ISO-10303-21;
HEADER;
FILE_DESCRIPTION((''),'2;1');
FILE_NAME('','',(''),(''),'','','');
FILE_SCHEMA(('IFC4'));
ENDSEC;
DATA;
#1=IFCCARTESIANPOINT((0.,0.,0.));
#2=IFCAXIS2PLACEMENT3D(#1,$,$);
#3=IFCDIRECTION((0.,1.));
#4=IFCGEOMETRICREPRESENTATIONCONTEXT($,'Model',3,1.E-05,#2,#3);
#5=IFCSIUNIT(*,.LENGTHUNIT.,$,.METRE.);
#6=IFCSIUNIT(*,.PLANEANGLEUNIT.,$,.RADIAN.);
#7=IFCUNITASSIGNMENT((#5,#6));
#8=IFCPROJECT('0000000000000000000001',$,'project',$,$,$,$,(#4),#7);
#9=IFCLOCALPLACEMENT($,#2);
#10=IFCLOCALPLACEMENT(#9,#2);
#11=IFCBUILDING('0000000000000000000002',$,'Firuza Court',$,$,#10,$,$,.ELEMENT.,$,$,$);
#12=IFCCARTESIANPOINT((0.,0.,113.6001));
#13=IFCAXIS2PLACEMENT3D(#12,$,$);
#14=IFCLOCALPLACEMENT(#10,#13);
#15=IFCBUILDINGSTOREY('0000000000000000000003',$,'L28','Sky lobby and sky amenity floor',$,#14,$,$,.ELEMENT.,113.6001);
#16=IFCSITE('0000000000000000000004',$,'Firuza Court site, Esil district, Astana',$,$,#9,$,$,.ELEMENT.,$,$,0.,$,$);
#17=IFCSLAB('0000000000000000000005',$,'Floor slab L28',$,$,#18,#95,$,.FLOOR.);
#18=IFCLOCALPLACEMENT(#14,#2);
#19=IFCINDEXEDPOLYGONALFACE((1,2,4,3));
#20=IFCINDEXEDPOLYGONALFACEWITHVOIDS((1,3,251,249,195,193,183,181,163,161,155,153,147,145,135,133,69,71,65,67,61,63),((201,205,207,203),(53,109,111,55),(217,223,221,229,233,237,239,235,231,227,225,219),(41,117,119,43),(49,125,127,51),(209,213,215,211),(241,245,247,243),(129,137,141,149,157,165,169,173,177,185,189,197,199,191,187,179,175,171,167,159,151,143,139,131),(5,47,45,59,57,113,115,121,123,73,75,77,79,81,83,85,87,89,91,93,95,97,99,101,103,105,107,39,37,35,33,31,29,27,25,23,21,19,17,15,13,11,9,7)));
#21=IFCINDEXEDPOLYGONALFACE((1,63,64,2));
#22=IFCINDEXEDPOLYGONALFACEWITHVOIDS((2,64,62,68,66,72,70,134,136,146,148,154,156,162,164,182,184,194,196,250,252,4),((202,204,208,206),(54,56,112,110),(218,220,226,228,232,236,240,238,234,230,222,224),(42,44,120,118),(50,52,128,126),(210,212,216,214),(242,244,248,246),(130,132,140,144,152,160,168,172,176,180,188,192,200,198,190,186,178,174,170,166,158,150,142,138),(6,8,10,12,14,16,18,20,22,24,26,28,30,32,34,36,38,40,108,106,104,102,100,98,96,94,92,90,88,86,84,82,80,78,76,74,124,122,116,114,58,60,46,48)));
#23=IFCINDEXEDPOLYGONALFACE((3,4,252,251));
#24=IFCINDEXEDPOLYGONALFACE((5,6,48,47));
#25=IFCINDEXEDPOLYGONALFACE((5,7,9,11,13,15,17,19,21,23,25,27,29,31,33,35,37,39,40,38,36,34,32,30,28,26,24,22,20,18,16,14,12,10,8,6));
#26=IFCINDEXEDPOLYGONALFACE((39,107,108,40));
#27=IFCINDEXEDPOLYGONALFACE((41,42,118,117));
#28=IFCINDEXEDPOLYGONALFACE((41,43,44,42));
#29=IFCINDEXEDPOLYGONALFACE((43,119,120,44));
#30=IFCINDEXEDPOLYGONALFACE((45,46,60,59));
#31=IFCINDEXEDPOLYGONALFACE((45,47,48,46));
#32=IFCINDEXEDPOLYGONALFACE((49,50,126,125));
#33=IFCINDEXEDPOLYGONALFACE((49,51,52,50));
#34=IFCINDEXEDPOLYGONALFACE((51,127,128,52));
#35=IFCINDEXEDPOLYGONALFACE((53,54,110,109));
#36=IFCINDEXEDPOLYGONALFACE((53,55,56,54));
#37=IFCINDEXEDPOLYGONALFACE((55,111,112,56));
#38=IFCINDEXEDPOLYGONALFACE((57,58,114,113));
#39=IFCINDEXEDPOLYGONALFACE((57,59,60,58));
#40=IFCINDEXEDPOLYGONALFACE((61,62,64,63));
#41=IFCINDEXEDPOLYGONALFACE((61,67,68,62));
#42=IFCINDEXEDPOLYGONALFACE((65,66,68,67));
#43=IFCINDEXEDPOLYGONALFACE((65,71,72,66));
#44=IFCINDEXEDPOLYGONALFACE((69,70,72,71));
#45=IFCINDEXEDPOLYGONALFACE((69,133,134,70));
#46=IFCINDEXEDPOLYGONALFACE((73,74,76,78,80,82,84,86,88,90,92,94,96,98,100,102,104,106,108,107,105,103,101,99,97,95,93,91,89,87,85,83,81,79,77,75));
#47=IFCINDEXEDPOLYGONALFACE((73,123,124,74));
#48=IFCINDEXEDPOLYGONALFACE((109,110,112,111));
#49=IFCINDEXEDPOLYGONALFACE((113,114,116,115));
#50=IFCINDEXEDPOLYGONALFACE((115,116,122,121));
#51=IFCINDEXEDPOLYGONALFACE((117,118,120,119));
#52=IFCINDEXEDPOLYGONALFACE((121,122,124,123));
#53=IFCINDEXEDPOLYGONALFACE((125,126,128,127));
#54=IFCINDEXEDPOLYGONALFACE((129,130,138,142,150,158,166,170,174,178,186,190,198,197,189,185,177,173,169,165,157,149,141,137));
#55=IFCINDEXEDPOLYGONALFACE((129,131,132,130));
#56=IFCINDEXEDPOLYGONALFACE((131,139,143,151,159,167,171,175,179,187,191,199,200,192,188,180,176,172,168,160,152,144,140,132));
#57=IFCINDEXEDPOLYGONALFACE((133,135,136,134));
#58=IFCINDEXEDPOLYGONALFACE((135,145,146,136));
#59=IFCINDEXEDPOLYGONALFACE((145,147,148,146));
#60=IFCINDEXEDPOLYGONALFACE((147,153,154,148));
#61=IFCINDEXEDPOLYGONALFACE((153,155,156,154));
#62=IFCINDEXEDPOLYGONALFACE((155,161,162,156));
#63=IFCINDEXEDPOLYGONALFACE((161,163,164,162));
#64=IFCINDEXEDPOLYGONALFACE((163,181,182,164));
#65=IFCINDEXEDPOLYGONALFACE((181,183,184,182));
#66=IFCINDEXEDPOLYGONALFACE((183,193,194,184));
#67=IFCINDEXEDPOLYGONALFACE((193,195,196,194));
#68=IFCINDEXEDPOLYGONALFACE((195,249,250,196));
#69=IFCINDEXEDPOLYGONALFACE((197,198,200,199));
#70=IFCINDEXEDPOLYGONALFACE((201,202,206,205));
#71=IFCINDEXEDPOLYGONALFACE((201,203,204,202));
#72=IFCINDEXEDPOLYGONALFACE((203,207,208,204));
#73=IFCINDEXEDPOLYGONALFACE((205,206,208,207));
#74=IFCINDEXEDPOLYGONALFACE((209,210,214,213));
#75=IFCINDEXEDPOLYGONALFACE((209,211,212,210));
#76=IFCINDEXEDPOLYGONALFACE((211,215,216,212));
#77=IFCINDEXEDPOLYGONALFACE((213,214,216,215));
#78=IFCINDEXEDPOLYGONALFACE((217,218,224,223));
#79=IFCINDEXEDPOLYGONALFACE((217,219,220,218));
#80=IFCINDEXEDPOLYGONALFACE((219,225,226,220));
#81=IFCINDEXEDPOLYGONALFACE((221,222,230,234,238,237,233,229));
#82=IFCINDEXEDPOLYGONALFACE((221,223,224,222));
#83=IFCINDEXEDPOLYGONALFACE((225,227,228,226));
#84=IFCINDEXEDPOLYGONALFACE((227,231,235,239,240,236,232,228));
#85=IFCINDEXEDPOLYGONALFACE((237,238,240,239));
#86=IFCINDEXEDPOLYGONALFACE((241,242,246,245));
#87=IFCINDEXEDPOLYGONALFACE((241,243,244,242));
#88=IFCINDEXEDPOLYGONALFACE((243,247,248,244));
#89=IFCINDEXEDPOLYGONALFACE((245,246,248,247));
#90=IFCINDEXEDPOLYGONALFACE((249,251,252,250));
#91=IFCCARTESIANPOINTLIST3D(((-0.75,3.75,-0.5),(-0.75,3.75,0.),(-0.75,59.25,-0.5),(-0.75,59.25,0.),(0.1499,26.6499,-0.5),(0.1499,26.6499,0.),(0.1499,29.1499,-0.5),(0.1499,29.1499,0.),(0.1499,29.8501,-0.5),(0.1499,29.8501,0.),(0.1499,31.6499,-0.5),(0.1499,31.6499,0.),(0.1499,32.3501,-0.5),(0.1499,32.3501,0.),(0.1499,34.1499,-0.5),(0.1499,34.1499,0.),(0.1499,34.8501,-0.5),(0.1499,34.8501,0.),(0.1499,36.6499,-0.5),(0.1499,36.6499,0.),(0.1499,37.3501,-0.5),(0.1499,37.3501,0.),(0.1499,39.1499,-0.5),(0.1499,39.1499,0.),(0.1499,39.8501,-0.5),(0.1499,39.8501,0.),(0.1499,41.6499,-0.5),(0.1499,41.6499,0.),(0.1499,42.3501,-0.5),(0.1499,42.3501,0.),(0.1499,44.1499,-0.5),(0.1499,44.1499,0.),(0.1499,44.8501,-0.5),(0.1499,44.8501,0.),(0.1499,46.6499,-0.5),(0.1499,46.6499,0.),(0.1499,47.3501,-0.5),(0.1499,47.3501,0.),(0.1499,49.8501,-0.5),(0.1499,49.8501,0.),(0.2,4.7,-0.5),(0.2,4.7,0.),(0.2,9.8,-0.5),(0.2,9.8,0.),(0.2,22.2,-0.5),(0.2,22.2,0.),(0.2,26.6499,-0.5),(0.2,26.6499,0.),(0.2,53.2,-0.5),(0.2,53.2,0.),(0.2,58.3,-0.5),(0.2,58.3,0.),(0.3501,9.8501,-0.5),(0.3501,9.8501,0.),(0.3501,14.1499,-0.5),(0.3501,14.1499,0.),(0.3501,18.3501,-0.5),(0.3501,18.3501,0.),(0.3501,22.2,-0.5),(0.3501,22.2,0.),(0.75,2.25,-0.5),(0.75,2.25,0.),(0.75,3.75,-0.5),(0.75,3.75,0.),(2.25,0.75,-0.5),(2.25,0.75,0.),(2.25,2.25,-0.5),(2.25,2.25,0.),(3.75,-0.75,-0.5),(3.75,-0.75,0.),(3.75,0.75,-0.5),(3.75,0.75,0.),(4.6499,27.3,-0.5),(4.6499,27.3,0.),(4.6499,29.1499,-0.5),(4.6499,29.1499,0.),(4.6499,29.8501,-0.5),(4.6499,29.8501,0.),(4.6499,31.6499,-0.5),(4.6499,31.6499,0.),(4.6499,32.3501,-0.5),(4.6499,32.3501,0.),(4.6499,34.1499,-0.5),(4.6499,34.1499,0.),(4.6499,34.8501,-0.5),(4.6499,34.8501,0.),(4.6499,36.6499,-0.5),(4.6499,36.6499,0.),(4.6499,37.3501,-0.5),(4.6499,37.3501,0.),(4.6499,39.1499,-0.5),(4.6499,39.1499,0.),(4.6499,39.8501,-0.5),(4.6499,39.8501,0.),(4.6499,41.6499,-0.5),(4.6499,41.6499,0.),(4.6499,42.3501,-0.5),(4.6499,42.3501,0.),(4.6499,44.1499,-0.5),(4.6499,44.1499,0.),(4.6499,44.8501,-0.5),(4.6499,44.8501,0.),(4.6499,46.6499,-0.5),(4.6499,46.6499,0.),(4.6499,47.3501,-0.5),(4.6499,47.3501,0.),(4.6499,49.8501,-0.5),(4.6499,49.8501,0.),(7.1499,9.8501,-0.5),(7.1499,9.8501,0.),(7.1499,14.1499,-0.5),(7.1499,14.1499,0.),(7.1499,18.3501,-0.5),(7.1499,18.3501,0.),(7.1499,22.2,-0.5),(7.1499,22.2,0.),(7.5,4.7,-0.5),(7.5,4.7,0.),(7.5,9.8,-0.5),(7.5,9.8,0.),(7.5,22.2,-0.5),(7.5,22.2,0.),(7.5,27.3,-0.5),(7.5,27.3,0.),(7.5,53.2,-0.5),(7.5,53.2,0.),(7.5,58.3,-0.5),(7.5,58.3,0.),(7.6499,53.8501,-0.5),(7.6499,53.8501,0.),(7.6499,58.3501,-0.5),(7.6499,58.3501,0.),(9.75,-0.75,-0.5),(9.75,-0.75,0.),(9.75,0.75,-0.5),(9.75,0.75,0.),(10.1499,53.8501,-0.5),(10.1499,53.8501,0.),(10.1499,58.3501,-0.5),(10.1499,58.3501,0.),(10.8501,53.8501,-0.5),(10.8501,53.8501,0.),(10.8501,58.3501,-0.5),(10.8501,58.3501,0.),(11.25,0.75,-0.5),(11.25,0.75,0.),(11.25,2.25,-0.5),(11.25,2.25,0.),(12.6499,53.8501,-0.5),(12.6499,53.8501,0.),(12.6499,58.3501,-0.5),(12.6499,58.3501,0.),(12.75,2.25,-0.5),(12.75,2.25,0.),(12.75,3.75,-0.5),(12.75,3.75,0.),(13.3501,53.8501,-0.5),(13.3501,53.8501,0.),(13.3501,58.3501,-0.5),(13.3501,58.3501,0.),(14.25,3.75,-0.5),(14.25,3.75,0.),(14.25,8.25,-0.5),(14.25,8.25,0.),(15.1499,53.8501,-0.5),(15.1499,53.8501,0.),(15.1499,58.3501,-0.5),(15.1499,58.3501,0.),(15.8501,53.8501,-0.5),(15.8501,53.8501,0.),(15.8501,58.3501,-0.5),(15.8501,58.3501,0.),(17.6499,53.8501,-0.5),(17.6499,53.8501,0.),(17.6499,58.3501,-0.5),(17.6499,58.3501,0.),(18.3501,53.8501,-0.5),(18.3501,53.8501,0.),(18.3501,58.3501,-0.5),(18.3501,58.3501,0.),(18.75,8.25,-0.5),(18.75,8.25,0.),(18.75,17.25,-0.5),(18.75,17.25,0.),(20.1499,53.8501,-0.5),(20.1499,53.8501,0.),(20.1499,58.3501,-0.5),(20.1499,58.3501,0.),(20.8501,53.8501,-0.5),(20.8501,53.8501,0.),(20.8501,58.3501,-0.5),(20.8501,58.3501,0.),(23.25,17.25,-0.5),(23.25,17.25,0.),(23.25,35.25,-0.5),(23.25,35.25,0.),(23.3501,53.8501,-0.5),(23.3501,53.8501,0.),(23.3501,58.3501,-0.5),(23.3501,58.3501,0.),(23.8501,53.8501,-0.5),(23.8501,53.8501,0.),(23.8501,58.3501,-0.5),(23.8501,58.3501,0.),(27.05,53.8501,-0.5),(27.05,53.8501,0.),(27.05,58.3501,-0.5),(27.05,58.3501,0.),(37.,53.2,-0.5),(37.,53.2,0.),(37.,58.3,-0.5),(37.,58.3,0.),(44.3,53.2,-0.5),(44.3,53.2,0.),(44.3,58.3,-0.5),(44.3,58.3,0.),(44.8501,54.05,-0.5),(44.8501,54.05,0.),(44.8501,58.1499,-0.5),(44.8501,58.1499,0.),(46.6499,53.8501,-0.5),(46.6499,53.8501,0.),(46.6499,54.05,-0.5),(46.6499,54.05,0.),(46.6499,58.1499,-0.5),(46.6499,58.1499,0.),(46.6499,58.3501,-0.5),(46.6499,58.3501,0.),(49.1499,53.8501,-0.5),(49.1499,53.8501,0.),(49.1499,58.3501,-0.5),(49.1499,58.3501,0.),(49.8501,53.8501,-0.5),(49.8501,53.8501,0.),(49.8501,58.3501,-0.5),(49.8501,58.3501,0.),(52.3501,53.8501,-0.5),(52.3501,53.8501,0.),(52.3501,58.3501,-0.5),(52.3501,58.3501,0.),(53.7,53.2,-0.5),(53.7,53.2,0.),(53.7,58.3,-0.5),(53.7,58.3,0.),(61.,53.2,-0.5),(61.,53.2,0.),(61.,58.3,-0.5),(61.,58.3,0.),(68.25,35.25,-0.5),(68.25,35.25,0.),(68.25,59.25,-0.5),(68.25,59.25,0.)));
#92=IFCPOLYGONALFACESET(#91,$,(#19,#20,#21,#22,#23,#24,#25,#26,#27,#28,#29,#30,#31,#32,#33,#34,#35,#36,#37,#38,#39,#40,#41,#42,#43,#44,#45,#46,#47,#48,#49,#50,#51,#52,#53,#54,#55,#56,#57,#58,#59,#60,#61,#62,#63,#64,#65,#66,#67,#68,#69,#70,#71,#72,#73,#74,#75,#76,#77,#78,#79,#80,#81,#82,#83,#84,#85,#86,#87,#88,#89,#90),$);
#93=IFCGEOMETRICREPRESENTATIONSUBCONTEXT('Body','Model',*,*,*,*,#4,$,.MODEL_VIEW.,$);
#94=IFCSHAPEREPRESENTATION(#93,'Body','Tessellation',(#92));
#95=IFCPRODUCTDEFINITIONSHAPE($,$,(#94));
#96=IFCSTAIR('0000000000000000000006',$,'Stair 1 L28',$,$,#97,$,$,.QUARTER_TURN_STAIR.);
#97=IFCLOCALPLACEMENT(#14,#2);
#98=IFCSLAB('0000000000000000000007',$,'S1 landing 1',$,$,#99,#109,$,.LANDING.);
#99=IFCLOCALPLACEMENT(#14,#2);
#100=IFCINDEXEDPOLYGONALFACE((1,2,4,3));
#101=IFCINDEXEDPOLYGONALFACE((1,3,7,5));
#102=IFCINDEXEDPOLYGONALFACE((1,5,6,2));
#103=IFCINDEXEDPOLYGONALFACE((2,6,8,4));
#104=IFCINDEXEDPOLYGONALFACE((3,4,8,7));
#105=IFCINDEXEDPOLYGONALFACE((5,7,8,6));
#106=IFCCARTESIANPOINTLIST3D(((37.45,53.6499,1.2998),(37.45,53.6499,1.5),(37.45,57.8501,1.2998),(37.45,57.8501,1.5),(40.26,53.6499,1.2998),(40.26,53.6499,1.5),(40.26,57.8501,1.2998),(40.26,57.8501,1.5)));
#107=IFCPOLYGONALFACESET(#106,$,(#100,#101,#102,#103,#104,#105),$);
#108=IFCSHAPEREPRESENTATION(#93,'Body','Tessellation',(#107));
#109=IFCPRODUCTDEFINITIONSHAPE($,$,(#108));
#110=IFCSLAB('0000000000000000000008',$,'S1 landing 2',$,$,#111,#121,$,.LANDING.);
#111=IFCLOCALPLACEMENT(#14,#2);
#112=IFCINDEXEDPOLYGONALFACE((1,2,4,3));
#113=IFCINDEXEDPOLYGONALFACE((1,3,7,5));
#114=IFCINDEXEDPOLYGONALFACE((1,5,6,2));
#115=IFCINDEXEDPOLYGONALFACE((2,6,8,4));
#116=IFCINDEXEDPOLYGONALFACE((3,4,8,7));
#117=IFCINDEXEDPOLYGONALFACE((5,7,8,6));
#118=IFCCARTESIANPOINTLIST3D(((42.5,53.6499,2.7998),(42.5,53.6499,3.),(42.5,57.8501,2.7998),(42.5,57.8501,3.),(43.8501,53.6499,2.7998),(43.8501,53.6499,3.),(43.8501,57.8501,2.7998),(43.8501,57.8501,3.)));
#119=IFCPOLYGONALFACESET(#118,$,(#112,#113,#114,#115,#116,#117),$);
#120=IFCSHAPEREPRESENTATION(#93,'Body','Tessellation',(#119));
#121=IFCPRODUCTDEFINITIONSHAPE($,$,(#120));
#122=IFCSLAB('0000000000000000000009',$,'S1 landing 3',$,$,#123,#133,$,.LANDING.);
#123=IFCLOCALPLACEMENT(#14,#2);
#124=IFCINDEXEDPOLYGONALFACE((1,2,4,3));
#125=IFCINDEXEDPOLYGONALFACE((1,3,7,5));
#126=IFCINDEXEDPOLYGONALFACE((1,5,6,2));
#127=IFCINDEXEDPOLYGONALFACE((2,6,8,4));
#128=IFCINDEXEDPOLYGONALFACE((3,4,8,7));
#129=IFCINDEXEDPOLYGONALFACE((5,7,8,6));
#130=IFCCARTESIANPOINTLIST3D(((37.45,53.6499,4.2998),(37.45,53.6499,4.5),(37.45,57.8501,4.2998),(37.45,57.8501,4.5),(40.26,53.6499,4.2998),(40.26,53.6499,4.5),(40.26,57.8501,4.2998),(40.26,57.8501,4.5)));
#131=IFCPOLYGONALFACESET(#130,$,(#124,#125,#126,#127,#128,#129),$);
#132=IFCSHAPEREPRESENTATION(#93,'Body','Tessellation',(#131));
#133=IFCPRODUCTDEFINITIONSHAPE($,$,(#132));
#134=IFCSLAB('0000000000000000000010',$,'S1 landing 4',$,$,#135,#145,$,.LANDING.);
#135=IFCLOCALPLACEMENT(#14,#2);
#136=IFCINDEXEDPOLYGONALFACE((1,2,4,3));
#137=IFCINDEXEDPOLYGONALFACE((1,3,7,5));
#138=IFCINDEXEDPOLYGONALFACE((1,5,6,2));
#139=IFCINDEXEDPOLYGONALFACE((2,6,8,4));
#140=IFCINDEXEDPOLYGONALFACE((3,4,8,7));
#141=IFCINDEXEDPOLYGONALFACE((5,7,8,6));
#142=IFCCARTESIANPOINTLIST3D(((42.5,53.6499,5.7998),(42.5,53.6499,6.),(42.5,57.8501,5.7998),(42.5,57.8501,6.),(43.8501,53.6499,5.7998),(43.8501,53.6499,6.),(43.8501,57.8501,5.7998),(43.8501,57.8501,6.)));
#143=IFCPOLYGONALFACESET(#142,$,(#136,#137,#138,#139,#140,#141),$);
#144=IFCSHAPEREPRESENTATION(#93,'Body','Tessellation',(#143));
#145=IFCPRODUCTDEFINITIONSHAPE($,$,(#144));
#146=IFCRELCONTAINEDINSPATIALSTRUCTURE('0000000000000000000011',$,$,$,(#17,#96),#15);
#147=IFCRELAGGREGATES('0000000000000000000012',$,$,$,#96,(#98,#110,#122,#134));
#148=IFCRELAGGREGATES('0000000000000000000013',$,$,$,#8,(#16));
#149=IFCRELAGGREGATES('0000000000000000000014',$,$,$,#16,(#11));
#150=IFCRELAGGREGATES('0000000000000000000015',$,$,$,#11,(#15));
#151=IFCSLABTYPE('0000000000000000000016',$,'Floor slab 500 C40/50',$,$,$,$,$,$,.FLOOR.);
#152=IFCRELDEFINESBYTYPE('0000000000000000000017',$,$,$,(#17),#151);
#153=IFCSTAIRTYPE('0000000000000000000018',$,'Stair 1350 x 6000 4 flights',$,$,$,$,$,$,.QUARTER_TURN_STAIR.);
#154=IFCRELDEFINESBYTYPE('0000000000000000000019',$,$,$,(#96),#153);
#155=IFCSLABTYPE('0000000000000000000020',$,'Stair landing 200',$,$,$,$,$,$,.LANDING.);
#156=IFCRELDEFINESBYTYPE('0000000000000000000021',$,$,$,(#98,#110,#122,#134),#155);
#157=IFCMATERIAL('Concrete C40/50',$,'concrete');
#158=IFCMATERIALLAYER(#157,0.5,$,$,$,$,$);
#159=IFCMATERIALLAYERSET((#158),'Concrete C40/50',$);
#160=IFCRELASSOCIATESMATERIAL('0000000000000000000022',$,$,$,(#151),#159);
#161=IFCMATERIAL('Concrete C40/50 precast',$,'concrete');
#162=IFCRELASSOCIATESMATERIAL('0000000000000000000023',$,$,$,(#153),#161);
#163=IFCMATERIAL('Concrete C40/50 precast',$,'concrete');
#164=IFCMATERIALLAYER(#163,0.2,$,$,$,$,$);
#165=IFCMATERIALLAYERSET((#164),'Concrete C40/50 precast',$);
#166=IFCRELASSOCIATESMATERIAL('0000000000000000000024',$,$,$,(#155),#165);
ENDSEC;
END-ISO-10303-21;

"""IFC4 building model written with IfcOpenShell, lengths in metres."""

from ifc_helpers import new_model, si_unit, direction, frame, origin, place, context, subcontext, project, spatial, polyline, outline, extrude, material, layer, layer_set, type_object, element, aggregate, save


model = new_model("IFC4")

# Units and contexts
model_context = context("Model", 3, precision=1e-05, world=origin(), true_north=direction((0.0, 1.0)))
body_context = subcontext(model_context, "Body", "Model", "MODEL_VIEW")
ifc_project = project(units=[si_unit("LENGTHUNIT", "METRE"), si_unit("PLANEANGLEUNIT", "RADIAN")], contexts=[model_context])

# Site, building, storey
site_placement = place(None, origin())
site = spatial("IfcSite", under=ifc_project, at=site_placement, Name="Firuza Court site, Esil district, Astana", CompositionType="ELEMENT", RefElevation=0.0)
building_placement = place(site_placement, origin())
building = spatial("IfcBuilding", under=site, at=building_placement, Name="Firuza Court", CompositionType="ELEMENT")
storey_placement = place(building_placement, frame((0.0, 0.0, 113.6001)))
storey = spatial("IfcBuildingStorey", under=building, at=storey_placement, Name="L28", Description="Sky lobby and sky amenity floor", CompositionType="ELEMENT", Elevation=113.6001)

# Slab
ifc_material_1 = material(Name="Concrete C40/50", Category="concrete")
ifc_layer_1 = layer(ifc_material_1, 0.5)
ifc_layer_set_1 = layer_set([ifc_layer_1], Name="Concrete C40/50")
slab_type_1 = type_object("IfcSlabType", Name="Floor slab 500 C40/50", PredefinedType="FLOOR", material=ifc_layer_set_1)
slab_1_placement = place(storey_placement, frame((0.0, 0.0, -0.5)))
element("IfcSlab", 1, at=slab_1_placement, inside=storey, type_object=slab_type_1, Name="Floor slab L28", PredefinedType="FLOOR", context=body_context, shape_type="SweptSolid", body=[
    extrude(outline(polyline([(3.75, -0.75), (3.75, 0.75), (2.25, 0.75), (2.25, 2.25), (0.75, 2.25), (0.75, 3.75), (-0.75, 3.75), (-0.75, 59.25), (68.25, 59.25), (68.25, 35.25), (23.25, 35.25), (23.25, 17.25), (18.75, 17.25), (18.75, 8.25), (14.25, 8.25), (14.25, 3.75), (12.75, 3.75), (12.75, 2.25), (11.25, 2.25), (11.25, 0.75), (9.75, 0.75), (9.75, -0.75), (3.75, -0.75)]), holes=[polyline([(7.1499, 14.1499), (0.3501, 14.1499), (0.3501, 9.8501), (7.1499, 9.8501), (7.1499, 14.1499)]), polyline([(0.2, 26.6499), (0.2, 22.2), (0.3501, 22.2), (0.3501, 18.3501), (7.1499, 18.3501), (7.1499, 22.2), (7.5, 22.2), (7.5, 27.3), (4.6499, 27.3), (4.6499, 29.1499), (4.6499, 29.8501), (4.6499, 31.6499), (4.6499, 32.3501), (4.6499, 34.1499), (4.6499, 34.8501), (4.6499, 36.6499), (4.6499, 37.3501), (4.6499, 39.1499), (4.6499, 39.8501), (4.6499, 41.6499), (4.6499, 42.3501), (4.6499, 44.1499), (4.6499, 44.8501), (4.6499, 46.6499), (4.6499, 47.3501), (4.6499, 49.8501), (0.1499, 49.8501), (0.1499, 47.3501), (0.1499, 46.6499), (0.1499, 44.8501), (0.1499, 44.1499), (0.1499, 42.3501), (0.1499, 41.6499), (0.1499, 39.8501), (0.1499, 39.1499), (0.1499, 37.3501), (0.1499, 36.6499), (0.1499, 34.8501), (0.1499, 34.1499), (0.1499, 32.3501), (0.1499, 31.6499), (0.1499, 29.8501), (0.1499, 29.1499), (0.1499, 26.6499), (0.2, 26.6499)]), polyline([(7.5, 53.2), (7.5, 58.3), (0.2, 58.3), (0.2, 53.2), (7.5, 53.2)]), polyline([(7.5, 9.8), (0.2, 9.8), (0.2, 4.7), (7.5, 4.7), (7.5, 9.8)]), polyline([(44.3, 53.2), (44.3, 58.3), (37.0, 58.3), (37.0, 53.2), (44.3, 53.2)]), polyline([(61.0, 53.2), (61.0, 58.3), (53.7, 58.3), (53.7, 53.2), (61.0, 53.2)]), polyline([(7.6499, 58.3501), (7.6499, 53.8501), (10.1499, 53.8501), (10.8501, 53.8501), (12.6499, 53.8501), (13.3501, 53.8501), (15.1499, 53.8501), (15.8501, 53.8501), (17.6499, 53.8501), (18.3501, 53.8501), (20.1499, 53.8501), (20.8501, 53.8501), (23.3501, 53.8501), (23.3501, 58.3501), (20.8501, 58.3501), (20.1499, 58.3501), (18.3501, 58.3501), (17.6499, 58.3501), (15.8501, 58.3501), (15.1499, 58.3501), (13.3501, 58.3501), (12.6499, 58.3501), (10.8501, 58.3501), (10.1499, 58.3501), (7.6499, 58.3501)]), polyline([(27.05, 53.8501), (27.05, 58.3501), (23.8501, 58.3501), (23.8501, 53.8501), (27.05, 53.8501)]), polyline([(46.6499, 58.3501), (46.6499, 58.1499), (44.8501, 58.1499), (44.8501, 54.05), (46.6499, 54.05), (46.6499, 53.8501), (49.1499, 53.8501), (49.8501, 53.8501), (52.3501, 53.8501), (52.3501, 58.3501), (49.8501, 58.3501), (49.1499, 58.3501), (46.6499, 58.3501)])]), origin(), (0.0, 0.0, 1.0), 0.5),
])

# Stair, slabs
ifc_material_2 = material(Name="Concrete C40/50 precast", Category="concrete")
stair_type = type_object("IfcStairType", Name="Stair 1350 x 6000 4 flights", PredefinedType="QUARTER_TURN_STAIR", material=ifc_material_2)
stair_1_placement = place(storey_placement, origin())
stair_1 = element("IfcStair", 2, at=stair_1_placement, inside=storey, type_object=stair_type, Name="Stair 1 L28", PredefinedType="QUARTER_TURN_STAIR")
ifc_material_3 = material(Name="Concrete C40/50 precast", Category="concrete")
ifc_layer_2 = layer(ifc_material_3, 0.2)
ifc_layer_set_2 = layer_set([ifc_layer_2], Name="Concrete C40/50 precast")
slab_type_2 = type_object("IfcSlabType", Name="Stair landing 200", PredefinedType="LANDING", material=ifc_layer_set_2)
slab_2_placement = place(storey_placement, frame((0.0, 0.0, 1.2998)))
slab_2 = element("IfcSlab", 3, at=slab_2_placement, type_object=slab_type_2, Name="S1 landing 1", PredefinedType="LANDING", context=body_context, shape_type="SweptSolid", body=[
    extrude(outline(polyline([(40.26, 53.6499), (40.26, 57.8501), (37.45, 57.8501), (37.45, 53.6499), (40.26, 53.6499)])), origin(), (0.0, 0.0, 1.0), 0.2002),
])
slab_3_placement = place(storey_placement, frame((0.0, 0.0, 2.7998)))
slab_3 = element("IfcSlab", 4, at=slab_3_placement, type_object=slab_type_2, Name="S1 landing 2", PredefinedType="LANDING", context=body_context, shape_type="SweptSolid", body=[
    extrude(outline(polyline([(43.8501, 53.6499), (43.8501, 57.8501), (42.5, 57.8501), (42.5, 53.6499), (43.8501, 53.6499)])), origin(), (0.0, 0.0, 1.0), 0.2002),
])
slab_4_placement = place(storey_placement, frame((0.0, 0.0, 4.2998)))
slab_4 = element("IfcSlab", 5, at=slab_4_placement, type_object=slab_type_2, Name="S1 landing 3", PredefinedType="LANDING", context=body_context, shape_type="SweptSolid", body=[
    extrude(outline(polyline([(40.26, 53.6499), (40.26, 57.8501), (37.45, 57.8501), (37.45, 53.6499), (40.26, 53.6499)])), origin(), (0.0, 0.0, 1.0), 0.2002),
])
slab_5_placement = place(storey_placement, frame((0.0, 0.0, 5.7998)))
slab_5 = element("IfcSlab", 6, at=slab_5_placement, type_object=slab_type_2, Name="S1 landing 4", PredefinedType="LANDING", context=body_context, shape_type="SweptSolid", body=[
    extrude(outline(polyline([(43.8501, 53.6499), (43.8501, 57.8501), (42.5, 57.8501), (42.5, 53.6499), (43.8501, 53.6499)])), origin(), (0.0, 0.0, 1.0), 0.2002),
])
aggregate(stair_1, [slab_2, slab_3, slab_4, slab_5])

save(model, "model.ifc")
